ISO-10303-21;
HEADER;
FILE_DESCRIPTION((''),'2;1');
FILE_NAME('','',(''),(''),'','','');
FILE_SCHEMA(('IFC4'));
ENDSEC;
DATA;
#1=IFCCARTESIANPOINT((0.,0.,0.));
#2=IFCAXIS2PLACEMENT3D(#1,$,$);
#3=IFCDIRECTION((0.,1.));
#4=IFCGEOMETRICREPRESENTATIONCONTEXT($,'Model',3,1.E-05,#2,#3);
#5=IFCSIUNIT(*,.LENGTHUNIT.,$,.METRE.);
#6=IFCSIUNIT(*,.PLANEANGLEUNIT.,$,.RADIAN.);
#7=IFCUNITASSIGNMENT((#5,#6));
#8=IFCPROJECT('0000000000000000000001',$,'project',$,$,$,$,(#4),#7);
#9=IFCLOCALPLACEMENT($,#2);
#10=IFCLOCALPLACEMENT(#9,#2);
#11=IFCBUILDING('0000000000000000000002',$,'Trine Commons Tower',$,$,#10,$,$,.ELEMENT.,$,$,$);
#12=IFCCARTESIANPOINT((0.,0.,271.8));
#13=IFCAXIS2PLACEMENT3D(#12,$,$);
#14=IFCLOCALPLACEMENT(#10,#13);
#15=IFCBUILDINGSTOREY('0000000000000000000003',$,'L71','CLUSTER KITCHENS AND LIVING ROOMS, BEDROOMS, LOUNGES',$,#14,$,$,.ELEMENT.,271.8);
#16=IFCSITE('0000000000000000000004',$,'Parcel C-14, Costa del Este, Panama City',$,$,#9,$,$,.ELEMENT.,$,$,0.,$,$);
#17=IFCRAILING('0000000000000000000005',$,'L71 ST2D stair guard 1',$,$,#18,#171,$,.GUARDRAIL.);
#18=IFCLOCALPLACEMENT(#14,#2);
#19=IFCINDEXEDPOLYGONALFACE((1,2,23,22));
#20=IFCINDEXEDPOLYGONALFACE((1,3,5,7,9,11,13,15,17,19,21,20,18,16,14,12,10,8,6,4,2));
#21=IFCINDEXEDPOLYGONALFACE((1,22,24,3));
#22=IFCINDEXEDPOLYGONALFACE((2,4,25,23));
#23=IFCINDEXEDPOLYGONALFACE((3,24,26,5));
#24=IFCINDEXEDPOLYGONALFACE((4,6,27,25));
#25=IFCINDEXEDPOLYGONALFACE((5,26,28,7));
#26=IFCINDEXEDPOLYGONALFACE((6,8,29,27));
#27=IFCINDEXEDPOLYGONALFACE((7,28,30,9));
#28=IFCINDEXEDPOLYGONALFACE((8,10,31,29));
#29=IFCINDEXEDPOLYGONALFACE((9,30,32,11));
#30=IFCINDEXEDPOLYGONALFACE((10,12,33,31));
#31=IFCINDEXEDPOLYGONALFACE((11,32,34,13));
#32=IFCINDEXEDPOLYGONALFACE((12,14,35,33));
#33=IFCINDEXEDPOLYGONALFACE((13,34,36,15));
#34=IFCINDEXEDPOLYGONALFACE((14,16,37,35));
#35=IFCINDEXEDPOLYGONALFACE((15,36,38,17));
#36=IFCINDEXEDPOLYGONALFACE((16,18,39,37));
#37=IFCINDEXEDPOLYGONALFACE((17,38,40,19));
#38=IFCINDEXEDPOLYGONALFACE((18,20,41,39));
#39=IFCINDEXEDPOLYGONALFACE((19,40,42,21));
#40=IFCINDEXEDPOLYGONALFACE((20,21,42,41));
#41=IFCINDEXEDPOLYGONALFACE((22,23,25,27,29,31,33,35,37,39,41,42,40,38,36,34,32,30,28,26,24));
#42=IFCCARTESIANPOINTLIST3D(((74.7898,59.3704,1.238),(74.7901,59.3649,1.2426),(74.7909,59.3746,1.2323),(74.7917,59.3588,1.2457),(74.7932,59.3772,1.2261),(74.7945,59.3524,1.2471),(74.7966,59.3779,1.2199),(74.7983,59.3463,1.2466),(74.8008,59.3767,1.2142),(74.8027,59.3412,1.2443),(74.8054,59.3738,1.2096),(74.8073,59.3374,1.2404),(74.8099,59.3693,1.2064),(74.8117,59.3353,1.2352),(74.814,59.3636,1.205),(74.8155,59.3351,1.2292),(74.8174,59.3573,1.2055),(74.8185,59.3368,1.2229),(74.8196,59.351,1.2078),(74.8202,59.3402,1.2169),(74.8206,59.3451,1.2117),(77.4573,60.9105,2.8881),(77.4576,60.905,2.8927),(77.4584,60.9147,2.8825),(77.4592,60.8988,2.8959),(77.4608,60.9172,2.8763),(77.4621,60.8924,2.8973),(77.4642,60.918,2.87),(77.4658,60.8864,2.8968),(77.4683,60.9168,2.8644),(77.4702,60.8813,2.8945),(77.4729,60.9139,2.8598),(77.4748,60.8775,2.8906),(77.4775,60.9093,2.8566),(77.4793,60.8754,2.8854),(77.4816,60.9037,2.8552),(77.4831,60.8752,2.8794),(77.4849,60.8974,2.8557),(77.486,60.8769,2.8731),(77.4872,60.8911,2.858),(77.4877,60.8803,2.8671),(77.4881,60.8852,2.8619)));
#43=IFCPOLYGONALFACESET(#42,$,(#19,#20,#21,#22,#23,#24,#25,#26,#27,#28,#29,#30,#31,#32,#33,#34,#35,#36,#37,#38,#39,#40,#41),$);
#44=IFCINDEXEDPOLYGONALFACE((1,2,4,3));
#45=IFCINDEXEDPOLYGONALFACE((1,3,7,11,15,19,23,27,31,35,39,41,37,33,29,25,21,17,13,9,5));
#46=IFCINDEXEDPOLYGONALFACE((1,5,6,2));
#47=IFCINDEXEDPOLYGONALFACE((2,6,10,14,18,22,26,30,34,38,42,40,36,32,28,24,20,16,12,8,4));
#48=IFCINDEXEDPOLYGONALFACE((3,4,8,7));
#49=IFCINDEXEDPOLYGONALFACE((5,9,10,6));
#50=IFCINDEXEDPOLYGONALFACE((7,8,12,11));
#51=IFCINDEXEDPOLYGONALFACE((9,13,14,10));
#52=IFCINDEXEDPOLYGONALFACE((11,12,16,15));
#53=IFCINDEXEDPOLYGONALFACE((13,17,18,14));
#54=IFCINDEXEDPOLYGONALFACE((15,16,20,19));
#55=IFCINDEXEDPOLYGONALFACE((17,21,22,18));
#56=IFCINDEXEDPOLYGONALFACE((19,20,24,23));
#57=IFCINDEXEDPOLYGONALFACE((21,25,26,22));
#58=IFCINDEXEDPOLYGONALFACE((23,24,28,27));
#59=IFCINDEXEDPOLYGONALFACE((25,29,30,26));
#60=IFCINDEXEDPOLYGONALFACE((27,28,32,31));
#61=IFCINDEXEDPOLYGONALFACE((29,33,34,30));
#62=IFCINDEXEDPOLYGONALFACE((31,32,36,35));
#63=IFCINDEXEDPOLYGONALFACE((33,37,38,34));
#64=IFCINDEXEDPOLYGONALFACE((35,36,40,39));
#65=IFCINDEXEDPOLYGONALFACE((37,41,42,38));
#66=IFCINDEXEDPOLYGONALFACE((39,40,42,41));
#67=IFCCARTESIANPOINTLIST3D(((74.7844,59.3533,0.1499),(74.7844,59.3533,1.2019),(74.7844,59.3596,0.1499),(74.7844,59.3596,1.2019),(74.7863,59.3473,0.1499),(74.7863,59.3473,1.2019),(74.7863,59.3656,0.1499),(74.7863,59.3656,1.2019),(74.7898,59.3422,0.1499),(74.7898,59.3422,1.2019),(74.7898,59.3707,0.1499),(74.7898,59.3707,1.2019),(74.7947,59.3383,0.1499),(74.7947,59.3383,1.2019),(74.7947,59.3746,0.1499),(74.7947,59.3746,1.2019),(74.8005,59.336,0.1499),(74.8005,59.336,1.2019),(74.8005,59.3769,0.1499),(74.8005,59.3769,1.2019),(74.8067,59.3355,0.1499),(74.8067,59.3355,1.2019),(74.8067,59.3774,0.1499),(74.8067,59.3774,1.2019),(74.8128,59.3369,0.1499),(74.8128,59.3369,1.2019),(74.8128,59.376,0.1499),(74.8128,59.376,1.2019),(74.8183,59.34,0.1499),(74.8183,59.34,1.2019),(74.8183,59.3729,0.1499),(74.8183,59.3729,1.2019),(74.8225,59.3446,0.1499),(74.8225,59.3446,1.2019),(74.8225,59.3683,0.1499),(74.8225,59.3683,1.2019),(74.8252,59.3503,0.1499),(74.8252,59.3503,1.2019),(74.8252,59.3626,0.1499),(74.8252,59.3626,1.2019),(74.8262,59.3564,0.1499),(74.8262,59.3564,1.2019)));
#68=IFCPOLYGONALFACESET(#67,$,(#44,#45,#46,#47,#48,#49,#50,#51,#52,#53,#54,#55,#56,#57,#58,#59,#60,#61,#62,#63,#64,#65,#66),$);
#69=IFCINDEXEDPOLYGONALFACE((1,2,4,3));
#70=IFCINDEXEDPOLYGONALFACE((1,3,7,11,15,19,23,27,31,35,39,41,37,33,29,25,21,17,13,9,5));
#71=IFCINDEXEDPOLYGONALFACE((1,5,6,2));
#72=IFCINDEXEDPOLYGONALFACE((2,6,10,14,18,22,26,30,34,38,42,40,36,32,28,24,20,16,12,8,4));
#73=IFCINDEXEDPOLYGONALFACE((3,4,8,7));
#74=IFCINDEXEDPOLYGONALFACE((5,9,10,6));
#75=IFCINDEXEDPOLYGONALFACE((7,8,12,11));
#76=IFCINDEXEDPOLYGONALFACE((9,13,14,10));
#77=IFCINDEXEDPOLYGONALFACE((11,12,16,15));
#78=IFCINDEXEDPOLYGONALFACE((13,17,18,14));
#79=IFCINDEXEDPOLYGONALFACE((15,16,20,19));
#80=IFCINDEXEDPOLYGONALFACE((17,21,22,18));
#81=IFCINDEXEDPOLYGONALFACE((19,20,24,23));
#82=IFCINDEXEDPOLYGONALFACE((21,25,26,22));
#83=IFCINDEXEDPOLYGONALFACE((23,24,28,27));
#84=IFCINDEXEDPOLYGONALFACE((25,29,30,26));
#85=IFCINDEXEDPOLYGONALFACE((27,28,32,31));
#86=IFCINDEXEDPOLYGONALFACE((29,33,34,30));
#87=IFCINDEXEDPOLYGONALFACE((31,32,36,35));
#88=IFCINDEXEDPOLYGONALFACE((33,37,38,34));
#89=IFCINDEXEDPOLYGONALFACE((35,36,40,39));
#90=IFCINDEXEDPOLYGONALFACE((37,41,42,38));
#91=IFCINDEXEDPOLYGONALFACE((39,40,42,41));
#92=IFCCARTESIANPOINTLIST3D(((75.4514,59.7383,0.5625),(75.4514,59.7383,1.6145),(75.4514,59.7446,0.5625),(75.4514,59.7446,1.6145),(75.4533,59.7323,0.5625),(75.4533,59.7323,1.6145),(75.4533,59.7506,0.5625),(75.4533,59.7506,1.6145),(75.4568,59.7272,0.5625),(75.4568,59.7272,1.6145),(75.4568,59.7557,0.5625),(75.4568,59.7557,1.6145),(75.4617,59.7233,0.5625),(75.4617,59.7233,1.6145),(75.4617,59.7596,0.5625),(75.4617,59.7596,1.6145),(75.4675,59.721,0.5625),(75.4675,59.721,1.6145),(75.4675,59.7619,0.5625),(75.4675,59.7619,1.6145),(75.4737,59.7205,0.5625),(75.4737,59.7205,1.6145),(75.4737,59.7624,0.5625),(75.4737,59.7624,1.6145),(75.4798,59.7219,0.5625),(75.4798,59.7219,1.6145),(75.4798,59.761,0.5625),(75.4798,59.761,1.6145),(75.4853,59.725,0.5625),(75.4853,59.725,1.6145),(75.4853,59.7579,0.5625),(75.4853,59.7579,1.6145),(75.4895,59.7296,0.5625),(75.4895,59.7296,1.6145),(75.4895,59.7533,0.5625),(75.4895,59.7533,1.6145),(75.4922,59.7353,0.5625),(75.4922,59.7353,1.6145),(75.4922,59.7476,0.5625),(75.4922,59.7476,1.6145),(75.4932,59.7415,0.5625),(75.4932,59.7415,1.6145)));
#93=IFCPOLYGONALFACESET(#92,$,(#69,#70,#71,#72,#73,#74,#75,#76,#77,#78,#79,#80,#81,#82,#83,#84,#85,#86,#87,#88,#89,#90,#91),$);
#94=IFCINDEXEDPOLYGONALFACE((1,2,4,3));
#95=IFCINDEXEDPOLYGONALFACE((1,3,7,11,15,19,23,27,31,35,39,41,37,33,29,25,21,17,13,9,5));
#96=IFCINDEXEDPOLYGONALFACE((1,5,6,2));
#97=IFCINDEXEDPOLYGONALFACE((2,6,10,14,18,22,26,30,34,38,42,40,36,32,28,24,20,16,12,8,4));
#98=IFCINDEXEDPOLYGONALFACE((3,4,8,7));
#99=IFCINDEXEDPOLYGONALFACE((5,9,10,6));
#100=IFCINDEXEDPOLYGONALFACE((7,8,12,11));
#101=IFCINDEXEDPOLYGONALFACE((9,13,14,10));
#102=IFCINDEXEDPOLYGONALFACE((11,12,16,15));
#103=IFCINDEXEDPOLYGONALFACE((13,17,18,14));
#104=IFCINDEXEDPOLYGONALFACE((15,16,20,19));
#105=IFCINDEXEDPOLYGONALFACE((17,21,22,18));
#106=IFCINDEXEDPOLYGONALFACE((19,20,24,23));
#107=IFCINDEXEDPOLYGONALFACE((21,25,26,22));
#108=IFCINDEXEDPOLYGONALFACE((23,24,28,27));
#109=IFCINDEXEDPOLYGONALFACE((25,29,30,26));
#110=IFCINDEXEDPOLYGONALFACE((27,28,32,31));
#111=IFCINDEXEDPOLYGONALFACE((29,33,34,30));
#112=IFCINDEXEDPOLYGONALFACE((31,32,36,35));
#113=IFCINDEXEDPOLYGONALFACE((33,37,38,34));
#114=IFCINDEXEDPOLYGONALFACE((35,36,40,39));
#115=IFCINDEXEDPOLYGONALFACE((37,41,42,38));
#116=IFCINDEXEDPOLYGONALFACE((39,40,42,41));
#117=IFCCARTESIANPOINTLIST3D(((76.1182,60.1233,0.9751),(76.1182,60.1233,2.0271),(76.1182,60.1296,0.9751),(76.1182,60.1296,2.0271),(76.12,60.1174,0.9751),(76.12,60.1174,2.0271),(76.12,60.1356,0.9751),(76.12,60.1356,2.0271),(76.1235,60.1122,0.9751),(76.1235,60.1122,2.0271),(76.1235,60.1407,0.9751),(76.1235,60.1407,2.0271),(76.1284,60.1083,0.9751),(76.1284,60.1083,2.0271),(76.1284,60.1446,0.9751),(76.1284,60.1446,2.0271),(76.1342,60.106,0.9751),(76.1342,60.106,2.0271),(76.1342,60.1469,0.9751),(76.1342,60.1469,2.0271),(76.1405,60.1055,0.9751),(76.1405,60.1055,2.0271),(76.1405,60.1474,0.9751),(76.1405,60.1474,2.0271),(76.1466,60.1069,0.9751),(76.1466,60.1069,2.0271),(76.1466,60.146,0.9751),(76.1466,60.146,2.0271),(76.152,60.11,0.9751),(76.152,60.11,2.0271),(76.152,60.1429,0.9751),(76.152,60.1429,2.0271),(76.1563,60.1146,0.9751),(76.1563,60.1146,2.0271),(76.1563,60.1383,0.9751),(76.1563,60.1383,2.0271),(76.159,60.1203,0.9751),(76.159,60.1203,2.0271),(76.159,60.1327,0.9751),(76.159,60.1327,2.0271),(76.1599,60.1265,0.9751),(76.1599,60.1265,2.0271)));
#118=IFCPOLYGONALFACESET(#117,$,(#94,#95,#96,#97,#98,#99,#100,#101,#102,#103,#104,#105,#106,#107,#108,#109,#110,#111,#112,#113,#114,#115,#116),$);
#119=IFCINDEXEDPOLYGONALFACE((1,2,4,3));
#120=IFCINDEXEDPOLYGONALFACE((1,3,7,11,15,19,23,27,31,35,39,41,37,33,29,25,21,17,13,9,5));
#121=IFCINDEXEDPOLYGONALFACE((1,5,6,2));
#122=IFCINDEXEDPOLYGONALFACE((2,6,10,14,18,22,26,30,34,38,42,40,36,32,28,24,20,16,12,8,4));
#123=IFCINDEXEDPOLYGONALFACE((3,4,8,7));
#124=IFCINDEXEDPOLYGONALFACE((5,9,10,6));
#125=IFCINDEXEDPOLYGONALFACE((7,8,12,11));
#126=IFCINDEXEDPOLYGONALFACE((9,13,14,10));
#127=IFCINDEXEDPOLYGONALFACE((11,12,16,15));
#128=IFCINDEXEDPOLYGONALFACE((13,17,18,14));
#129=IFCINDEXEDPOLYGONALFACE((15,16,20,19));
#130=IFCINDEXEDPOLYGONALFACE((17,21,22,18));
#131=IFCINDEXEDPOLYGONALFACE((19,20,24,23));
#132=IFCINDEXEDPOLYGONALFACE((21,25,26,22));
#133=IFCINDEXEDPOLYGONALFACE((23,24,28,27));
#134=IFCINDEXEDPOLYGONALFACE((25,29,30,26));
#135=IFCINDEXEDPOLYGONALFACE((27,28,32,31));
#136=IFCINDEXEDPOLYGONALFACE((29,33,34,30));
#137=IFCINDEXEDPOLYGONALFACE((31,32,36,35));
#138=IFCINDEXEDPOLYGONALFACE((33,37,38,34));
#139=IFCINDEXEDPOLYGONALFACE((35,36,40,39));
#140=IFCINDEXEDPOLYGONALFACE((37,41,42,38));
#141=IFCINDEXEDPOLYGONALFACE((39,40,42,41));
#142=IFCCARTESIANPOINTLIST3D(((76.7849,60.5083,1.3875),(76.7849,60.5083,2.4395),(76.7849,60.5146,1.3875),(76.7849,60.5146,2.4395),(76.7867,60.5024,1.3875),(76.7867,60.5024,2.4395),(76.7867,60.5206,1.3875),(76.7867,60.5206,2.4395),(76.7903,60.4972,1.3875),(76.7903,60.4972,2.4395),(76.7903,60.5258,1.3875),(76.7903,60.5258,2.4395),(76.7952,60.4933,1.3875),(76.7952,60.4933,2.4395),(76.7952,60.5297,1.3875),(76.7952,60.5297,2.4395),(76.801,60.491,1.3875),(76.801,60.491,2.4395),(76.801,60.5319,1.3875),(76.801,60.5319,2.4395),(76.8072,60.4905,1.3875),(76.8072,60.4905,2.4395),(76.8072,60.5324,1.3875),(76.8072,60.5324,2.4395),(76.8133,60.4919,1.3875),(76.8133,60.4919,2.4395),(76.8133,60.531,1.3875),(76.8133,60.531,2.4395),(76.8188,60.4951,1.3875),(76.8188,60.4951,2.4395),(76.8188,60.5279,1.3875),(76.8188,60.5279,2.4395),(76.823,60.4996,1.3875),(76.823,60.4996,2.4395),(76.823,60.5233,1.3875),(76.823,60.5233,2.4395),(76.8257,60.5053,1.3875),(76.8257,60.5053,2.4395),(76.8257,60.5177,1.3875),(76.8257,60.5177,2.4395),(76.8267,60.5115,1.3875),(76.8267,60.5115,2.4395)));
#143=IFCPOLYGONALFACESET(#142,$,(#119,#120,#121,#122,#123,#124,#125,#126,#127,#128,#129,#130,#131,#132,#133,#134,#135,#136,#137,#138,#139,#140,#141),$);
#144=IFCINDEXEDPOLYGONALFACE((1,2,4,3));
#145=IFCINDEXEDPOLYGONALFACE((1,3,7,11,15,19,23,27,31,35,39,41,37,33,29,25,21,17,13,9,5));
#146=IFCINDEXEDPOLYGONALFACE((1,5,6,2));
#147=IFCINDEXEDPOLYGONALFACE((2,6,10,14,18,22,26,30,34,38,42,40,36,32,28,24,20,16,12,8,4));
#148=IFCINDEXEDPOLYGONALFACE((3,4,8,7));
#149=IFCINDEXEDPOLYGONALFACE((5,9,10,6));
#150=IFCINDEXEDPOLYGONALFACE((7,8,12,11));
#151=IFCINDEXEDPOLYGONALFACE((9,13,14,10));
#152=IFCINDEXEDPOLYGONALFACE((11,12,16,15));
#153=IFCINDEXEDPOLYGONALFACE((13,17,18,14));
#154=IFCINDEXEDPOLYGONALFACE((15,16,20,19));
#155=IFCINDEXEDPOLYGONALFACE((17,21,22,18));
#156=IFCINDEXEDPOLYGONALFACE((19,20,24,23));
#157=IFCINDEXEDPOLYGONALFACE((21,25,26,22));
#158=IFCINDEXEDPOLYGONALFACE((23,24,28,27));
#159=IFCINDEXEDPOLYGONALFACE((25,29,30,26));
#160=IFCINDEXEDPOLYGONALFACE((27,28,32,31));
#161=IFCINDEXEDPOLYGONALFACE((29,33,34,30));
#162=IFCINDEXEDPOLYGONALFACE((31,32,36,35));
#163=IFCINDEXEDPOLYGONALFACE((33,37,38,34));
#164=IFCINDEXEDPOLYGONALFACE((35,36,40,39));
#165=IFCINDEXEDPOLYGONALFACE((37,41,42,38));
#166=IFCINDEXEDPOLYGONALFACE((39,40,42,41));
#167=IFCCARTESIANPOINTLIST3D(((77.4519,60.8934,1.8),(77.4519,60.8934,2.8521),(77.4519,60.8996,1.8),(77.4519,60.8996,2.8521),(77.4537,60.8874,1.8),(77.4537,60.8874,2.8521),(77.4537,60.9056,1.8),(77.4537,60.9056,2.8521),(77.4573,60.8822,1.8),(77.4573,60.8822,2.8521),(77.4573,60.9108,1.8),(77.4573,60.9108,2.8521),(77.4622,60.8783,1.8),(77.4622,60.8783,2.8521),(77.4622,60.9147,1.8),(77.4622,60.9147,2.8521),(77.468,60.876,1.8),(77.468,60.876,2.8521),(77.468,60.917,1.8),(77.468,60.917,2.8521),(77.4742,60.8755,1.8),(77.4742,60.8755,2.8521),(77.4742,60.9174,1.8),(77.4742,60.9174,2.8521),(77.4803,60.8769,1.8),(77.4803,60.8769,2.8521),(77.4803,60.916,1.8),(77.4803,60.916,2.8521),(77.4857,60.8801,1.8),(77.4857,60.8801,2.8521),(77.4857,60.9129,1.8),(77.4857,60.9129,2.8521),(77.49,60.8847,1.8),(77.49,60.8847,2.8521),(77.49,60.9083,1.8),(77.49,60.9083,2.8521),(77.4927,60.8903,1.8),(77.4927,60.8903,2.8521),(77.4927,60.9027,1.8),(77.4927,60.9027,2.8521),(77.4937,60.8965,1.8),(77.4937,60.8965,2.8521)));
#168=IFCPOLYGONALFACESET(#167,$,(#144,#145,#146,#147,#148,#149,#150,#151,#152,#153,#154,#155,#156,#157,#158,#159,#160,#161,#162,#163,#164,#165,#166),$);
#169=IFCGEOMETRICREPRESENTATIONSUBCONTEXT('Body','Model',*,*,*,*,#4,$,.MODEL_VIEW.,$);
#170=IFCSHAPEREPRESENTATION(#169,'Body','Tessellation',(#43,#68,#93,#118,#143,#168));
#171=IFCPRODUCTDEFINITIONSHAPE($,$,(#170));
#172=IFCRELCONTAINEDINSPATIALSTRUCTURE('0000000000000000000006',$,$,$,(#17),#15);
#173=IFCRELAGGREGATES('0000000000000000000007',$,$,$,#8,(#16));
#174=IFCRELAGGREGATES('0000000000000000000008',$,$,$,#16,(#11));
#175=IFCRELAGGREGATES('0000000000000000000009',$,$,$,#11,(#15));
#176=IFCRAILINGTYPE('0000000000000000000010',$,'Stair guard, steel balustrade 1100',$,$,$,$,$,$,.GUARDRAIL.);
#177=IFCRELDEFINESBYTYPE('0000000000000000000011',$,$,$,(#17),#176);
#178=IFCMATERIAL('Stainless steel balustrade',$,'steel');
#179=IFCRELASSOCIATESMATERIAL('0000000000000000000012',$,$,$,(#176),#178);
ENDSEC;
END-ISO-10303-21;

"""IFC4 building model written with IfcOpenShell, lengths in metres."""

from ifc_helpers import new_model, si_unit, direction, frame, origin, origin_2d, place, context, subcontext, project, spatial, circle, extrude, material, type_object, element, save


model = new_model("IFC4")

# Units and contexts
model_context = context("Model", 3, precision=1e-05, world=origin(), true_north=direction((0.0, 1.0)))
body_context = subcontext(model_context, "Body", "Model", "MODEL_VIEW")
ifc_project = project(units=[si_unit("LENGTHUNIT", "METRE"), si_unit("PLANEANGLEUNIT", "RADIAN")], contexts=[model_context])

# Site, building, storey
site_placement = place(None, origin())
site = spatial("IfcSite", under=ifc_project, at=site_placement, Name="Parcel C-14, Costa del Este, Panama City", CompositionType="ELEMENT", RefElevation=0.0)
building_placement = place(site_placement, origin())
building = spatial("IfcBuilding", under=site, at=building_placement, Name="Trine Commons Tower", CompositionType="ELEMENT")
storey_placement = place(building_placement, frame((0.0, 0.0, 271.8)))
storey = spatial("IfcBuildingStorey", under=building, at=storey_placement, Name="L71", Description="CLUSTER KITCHENS AND LIVING ROOMS, BEDROOMS, LOUNGES", CompositionType="ELEMENT", Elevation=271.8)

# Railing
ifc_material_1 = material(Name="Stainless steel balustrade", Category="steel")
railing_type_1 = type_object("IfcRailingType", Name="Stair guard, steel balustrade 1100", PredefinedType="GUARDRAIL", material=ifc_material_1)
railing_1_placement = place(storey_placement, frame((74.8052, 59.3564, 0.1499)))
element("IfcRailing", 1, at=railing_1_placement, inside=storey, type_object=railing_type_1, Name="L71 ST2D stair guard 1", PredefinedType="GUARDRAIL", context=body_context, shape_type="SweptSolid", body=[
    extrude(circle(Radius=0.0239, at=origin_2d()), frame((0.0, 0.0, 1.0762), z_axis=(0.76338, 0.440728, 0.472239), x_axis=(-0.499992, 0.86603, 0.0)), (0.0, 0.0, 1.0), 3.4944),
    extrude(circle(Radius=0.021, at=origin_2d()), origin(), (0.0, 0.0, 1.0), 1.052),
    extrude(circle(Radius=0.021, at=origin_2d()), frame((0.667, 0.385, 0.4126)), (0.0, 0.0, 1.0), 1.052),
    extrude(circle(Radius=0.021, at=origin_2d()), frame((1.3337, 0.77, 0.8252)), (0.0, 0.0, 1.0), 1.052),
    extrude(circle(Radius=0.021, at=origin_2d()), frame((2.0005, 1.155, 1.2375)), (0.0, 0.0, 1.0), 1.052),
    extrude(circle(Radius=0.021, at=origin_2d()), frame((2.6675, 1.54, 1.6501)), (0.0, 0.0, 1.0), 1.052),
])

save(model, "model.ifc")
